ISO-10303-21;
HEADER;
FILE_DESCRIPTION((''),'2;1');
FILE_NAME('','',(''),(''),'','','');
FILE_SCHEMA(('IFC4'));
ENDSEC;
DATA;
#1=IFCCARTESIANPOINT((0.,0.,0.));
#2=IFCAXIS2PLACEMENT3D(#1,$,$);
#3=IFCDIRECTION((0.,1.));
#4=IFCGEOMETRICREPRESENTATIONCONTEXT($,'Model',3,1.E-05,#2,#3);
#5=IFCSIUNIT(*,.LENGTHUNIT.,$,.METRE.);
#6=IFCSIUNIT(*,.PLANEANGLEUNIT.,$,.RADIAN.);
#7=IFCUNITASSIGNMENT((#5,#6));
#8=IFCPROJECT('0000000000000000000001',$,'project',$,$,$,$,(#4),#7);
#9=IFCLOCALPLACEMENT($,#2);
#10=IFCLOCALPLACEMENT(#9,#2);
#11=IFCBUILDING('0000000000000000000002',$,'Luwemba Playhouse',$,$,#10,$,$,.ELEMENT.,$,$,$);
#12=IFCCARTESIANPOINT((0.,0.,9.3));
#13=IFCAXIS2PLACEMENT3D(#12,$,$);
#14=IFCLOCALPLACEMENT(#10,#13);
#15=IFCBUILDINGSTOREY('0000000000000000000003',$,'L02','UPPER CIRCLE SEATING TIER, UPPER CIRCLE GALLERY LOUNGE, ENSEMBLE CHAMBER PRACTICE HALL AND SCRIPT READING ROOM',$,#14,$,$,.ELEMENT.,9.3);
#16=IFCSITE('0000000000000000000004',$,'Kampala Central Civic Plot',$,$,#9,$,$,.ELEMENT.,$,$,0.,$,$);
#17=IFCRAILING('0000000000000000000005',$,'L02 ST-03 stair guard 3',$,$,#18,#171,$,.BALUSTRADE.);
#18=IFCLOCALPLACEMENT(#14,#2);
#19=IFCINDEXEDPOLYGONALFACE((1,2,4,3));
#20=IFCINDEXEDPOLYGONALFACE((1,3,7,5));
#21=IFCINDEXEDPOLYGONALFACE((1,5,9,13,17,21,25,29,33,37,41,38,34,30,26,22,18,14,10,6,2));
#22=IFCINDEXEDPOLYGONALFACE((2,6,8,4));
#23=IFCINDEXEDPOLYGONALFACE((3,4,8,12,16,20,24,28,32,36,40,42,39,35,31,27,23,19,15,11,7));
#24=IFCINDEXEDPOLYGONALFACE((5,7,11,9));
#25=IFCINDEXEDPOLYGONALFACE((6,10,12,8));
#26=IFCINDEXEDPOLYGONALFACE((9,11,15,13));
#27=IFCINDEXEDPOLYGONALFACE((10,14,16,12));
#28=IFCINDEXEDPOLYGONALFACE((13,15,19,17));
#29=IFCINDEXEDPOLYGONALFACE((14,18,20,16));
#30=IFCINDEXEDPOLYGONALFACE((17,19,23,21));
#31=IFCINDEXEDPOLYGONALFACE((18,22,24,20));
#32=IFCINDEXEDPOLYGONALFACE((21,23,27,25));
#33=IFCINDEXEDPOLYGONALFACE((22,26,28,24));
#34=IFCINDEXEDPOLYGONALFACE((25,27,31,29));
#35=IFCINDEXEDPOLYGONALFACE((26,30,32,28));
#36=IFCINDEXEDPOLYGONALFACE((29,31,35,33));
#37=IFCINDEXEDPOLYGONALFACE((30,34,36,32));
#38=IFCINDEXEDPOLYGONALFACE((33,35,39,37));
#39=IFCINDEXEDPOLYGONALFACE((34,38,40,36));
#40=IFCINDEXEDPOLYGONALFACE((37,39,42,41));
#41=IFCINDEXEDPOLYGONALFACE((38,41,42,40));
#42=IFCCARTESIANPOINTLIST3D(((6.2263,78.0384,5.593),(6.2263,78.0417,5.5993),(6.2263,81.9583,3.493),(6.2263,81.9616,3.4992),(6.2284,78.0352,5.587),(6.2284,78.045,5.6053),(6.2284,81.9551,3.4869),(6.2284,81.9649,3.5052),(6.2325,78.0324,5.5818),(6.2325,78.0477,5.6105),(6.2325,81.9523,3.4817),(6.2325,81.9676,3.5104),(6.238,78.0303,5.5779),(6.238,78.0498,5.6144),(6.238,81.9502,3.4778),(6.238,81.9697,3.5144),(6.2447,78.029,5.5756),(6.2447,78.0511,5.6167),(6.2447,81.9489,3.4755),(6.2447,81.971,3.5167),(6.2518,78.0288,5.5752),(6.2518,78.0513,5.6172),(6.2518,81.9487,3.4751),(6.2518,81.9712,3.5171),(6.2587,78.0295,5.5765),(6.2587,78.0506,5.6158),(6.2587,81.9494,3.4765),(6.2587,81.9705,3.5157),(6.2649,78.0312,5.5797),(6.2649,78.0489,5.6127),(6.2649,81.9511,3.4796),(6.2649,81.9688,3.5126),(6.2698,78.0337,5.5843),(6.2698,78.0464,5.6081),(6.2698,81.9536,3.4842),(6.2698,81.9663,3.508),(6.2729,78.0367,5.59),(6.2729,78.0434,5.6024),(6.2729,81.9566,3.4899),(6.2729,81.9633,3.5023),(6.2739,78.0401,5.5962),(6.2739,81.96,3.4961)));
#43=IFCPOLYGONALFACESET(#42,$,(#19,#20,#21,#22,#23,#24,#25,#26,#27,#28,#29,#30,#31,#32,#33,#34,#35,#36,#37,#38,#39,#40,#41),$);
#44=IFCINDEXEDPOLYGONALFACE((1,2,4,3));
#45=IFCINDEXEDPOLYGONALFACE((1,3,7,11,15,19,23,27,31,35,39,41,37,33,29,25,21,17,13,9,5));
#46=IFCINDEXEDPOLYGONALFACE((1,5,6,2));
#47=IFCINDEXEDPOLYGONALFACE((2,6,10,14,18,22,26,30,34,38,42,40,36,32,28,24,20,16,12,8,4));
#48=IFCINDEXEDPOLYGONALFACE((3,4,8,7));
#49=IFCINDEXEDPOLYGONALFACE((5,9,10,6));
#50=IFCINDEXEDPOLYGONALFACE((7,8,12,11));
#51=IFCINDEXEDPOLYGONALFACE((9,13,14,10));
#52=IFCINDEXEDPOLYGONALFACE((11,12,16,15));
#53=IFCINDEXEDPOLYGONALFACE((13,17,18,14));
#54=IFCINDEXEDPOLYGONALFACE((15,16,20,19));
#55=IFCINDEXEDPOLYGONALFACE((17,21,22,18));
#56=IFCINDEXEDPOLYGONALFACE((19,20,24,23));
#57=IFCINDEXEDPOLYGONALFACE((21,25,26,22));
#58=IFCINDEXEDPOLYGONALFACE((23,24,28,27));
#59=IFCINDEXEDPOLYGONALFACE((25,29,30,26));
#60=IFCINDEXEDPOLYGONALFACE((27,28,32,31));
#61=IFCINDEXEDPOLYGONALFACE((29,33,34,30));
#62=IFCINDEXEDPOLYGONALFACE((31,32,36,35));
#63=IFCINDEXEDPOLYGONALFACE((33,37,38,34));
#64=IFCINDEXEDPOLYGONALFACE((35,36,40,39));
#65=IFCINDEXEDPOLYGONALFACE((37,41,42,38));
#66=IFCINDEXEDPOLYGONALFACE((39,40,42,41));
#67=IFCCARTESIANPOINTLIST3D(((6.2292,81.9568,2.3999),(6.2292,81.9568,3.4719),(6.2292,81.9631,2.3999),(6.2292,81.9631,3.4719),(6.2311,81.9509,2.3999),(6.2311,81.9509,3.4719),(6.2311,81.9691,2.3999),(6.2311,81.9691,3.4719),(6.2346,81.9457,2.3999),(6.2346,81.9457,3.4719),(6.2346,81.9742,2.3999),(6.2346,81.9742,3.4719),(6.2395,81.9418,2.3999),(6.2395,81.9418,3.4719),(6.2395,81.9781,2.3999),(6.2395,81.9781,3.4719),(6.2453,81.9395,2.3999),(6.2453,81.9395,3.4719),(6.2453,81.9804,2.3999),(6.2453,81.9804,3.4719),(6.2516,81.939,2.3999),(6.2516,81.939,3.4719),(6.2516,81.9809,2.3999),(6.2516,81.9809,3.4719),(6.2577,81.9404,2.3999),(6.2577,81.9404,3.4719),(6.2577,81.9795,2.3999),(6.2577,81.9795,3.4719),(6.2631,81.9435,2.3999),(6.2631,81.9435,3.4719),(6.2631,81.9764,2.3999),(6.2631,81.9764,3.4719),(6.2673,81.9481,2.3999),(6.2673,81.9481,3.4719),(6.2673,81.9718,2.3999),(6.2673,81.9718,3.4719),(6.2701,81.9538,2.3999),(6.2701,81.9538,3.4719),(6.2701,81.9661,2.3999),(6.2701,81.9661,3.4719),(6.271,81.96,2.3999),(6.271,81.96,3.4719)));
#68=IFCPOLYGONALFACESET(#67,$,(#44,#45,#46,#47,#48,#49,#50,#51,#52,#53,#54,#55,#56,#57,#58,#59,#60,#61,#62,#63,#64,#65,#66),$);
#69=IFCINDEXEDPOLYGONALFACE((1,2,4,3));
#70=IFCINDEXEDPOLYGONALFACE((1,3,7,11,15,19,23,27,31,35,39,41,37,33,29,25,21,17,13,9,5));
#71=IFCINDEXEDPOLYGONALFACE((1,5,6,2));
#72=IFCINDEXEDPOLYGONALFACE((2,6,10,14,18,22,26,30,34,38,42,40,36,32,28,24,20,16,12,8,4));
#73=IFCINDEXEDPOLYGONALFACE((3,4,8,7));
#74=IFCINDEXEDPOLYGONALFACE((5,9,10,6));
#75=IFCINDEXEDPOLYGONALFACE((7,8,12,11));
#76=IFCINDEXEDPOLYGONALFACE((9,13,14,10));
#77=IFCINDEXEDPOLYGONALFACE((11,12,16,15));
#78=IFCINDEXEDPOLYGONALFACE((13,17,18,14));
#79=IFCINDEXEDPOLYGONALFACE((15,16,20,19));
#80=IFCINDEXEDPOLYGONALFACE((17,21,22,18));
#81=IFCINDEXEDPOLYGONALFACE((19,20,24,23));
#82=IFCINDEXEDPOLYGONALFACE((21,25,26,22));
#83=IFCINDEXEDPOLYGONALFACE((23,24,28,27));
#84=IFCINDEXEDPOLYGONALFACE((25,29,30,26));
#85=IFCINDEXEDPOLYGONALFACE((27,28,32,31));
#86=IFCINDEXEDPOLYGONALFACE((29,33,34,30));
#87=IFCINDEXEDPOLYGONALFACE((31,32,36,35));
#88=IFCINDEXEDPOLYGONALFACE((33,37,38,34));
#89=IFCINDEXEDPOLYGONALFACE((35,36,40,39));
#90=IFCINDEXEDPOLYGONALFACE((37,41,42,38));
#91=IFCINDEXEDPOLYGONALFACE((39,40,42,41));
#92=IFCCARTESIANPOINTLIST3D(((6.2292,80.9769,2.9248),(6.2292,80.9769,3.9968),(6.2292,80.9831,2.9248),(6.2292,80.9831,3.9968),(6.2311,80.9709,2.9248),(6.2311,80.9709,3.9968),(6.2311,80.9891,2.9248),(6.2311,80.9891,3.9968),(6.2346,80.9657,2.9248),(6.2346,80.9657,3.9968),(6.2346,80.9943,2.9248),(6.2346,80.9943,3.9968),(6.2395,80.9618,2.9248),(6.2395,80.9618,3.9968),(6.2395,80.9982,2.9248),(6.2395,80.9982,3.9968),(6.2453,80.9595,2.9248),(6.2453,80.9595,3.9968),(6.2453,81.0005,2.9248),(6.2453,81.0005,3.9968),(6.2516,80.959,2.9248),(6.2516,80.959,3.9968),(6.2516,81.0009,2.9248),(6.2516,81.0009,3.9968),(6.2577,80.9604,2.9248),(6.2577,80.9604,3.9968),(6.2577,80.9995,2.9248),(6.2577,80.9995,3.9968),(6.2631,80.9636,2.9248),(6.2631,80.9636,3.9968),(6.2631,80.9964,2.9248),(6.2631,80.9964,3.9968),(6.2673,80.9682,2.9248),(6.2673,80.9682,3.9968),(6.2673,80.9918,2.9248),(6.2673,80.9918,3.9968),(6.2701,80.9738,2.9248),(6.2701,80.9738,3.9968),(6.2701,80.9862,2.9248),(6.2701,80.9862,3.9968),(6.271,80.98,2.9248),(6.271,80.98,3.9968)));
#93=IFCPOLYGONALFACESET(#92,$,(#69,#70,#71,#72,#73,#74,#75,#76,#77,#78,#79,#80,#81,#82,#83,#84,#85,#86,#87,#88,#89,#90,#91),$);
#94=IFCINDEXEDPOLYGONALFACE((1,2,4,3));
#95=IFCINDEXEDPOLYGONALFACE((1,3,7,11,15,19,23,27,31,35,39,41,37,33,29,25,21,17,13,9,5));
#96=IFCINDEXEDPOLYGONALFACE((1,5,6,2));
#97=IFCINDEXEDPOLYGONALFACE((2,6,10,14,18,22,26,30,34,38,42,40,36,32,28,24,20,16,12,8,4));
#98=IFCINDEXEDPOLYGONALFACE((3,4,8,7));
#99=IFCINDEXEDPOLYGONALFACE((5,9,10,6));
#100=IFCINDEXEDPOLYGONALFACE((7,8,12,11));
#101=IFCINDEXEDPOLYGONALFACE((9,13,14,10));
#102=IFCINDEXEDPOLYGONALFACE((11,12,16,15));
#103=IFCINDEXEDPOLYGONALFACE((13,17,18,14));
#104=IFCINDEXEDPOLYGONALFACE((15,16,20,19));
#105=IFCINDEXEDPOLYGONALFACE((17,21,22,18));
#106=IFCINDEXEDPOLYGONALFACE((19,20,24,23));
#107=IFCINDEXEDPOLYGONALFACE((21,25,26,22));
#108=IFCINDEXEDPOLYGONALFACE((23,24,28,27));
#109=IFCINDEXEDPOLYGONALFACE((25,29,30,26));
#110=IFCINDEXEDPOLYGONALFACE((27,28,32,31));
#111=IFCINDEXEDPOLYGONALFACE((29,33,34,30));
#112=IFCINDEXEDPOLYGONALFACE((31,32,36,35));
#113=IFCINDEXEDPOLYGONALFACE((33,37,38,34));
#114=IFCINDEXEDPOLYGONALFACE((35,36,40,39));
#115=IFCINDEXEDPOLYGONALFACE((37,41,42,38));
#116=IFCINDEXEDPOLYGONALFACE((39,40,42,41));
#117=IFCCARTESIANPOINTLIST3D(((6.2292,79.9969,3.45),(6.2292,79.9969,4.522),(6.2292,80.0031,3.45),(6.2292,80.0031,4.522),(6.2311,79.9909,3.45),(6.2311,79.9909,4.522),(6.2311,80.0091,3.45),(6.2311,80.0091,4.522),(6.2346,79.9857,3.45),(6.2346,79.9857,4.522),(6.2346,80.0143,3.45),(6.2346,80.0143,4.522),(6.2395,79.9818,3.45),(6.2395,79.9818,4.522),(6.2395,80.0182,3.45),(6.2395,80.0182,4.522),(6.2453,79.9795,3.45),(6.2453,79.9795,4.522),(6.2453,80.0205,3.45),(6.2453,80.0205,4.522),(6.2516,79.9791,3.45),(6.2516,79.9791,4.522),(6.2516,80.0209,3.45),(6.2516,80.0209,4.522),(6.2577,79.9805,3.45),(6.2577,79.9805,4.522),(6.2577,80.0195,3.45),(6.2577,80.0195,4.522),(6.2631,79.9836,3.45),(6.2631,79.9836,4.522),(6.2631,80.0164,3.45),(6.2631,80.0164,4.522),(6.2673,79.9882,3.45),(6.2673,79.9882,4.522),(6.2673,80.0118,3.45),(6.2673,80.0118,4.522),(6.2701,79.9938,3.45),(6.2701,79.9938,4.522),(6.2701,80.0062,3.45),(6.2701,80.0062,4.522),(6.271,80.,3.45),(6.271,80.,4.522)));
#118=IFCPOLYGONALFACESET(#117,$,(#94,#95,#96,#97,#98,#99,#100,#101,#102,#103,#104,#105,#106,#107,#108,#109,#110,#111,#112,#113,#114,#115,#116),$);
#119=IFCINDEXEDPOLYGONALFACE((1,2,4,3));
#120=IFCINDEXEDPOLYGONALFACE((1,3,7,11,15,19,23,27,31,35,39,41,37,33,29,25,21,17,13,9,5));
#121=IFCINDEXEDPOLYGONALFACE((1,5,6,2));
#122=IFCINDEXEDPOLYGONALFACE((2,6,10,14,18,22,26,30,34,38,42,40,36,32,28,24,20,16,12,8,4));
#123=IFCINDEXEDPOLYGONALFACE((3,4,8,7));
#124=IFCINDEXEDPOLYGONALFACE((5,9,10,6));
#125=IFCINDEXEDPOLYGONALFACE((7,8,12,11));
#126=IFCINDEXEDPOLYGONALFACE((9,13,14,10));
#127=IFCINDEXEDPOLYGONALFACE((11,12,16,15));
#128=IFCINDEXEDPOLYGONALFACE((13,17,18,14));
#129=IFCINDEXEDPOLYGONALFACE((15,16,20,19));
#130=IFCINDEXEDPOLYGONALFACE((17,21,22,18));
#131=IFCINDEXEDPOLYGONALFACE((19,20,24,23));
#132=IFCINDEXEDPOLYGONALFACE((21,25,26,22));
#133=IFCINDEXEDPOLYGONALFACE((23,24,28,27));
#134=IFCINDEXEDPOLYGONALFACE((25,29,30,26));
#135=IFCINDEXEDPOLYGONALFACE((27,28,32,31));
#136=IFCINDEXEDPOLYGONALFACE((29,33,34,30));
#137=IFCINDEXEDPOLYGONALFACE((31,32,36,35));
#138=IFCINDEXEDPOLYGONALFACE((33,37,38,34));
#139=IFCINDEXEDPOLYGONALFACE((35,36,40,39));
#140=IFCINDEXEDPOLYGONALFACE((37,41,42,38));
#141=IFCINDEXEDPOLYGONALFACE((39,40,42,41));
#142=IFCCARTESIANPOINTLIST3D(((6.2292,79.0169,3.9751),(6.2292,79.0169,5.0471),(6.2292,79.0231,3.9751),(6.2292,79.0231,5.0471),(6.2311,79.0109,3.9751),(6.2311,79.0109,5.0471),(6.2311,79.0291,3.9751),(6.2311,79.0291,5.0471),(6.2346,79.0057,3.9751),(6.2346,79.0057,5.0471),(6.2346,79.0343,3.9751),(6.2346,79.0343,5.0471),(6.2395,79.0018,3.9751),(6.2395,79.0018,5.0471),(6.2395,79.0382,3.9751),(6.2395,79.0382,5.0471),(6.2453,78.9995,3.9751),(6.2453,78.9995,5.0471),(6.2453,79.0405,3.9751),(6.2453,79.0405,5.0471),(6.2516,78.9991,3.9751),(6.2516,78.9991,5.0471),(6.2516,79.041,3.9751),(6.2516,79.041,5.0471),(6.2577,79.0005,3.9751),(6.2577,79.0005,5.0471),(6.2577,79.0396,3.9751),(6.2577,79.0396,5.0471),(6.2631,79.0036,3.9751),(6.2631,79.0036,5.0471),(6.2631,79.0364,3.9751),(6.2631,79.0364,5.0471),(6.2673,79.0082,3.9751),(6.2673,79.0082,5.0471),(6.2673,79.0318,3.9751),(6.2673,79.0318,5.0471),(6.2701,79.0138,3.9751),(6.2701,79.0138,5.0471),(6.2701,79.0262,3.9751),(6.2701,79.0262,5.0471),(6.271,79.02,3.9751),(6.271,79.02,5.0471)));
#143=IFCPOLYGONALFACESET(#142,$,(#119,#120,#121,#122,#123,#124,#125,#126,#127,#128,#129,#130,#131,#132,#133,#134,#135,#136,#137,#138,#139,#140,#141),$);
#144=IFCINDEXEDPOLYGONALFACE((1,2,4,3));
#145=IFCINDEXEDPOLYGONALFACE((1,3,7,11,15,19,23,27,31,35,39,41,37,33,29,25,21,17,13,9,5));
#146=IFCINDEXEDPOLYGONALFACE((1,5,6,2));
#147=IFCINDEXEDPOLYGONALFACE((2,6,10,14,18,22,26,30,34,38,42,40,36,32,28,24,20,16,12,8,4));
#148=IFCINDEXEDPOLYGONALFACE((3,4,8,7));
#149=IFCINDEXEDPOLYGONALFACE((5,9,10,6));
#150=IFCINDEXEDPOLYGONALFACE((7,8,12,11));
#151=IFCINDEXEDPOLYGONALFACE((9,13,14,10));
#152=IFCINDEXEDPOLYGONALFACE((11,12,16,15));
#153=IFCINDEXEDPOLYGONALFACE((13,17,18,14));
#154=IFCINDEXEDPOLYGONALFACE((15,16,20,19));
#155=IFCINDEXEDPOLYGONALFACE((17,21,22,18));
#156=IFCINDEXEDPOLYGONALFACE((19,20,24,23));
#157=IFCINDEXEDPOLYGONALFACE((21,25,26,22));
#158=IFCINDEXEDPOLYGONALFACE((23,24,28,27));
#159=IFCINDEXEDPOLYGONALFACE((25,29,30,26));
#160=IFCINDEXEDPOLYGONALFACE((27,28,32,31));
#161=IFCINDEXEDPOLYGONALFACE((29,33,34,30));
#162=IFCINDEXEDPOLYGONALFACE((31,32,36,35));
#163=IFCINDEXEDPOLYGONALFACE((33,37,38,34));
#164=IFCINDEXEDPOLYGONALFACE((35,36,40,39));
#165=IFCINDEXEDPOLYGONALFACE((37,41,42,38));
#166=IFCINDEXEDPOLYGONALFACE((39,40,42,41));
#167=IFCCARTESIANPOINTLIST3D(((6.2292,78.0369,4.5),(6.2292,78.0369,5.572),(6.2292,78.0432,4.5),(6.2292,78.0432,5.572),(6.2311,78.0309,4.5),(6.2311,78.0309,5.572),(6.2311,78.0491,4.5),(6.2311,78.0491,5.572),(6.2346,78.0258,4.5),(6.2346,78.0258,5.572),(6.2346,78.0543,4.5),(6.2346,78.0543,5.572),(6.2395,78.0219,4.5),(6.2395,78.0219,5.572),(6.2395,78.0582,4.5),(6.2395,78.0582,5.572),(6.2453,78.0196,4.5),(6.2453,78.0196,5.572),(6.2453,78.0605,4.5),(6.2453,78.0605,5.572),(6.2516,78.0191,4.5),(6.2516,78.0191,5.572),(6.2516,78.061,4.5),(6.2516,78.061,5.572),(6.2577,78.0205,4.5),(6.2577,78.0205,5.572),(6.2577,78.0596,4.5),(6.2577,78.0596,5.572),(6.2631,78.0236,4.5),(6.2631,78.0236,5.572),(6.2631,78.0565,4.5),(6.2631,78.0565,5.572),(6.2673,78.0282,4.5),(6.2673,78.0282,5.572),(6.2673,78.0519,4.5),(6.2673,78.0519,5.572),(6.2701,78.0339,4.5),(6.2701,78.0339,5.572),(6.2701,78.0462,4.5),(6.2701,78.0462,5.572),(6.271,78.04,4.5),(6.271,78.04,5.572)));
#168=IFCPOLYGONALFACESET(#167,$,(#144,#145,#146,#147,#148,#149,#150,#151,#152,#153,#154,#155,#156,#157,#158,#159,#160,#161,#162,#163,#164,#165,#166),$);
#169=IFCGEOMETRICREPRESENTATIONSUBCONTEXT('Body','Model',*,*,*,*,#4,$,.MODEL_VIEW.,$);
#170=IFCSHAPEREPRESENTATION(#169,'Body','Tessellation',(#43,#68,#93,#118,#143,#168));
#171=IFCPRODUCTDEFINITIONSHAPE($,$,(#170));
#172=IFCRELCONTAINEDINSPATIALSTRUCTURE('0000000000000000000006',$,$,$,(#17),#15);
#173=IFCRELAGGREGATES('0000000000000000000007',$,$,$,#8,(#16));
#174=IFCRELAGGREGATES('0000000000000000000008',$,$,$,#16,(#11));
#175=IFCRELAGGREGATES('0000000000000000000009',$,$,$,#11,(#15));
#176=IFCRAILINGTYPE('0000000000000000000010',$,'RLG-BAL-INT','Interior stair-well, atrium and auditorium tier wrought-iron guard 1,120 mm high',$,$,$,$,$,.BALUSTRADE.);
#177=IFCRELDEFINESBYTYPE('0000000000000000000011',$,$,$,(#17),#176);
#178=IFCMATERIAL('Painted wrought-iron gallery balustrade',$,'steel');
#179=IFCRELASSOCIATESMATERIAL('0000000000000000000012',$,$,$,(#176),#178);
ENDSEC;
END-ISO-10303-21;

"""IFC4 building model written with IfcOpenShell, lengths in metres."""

from ifc_helpers import new_model, si_unit, direction, frame, origin, origin_2d, place, context, subcontext, project, spatial, circle, extrude, material, type_object, element, save


model = new_model("IFC4")

# Units and contexts
model_context = context("Model", 3, precision=1e-05, world=origin(), true_north=direction((0.0, 1.0)))
body_context = subcontext(model_context, "Body", "Model", "MODEL_VIEW")
ifc_project = project(units=[si_unit("LENGTHUNIT", "METRE"), si_unit("PLANEANGLEUNIT", "RADIAN")], contexts=[model_context])

# Site, building, storey
site_placement = place(None, origin())
site = spatial("IfcSite", under=ifc_project, at=site_placement, Name="Kampala Central Civic Plot", CompositionType="ELEMENT", RefElevation=0.0)
building_placement = place(site_placement, origin())
building = spatial("IfcBuilding", under=site, at=building_placement, Name="Luwemba Playhouse", CompositionType="ELEMENT")
storey_placement = place(building_placement, frame((0.0, 0.0, 9.3)))
storey = spatial("IfcBuildingStorey", under=building, at=storey_placement, Name="L02", Description="UPPER CIRCLE SEATING TIER, UPPER CIRCLE GALLERY LOUNGE, ENSEMBLE CHAMBER PRACTICE HALL AND SCRIPT READING ROOM", CompositionType="ELEMENT", Elevation=9.3)

# Railing
ifc_material_1 = material(Name="Painted wrought-iron gallery balustrade", Category="steel")
railing_type_1 = type_object("IfcRailingType", Name="RLG-BAL-INT", Description="Interior stair-well, atrium and auditorium tier wrought-iron guard 1,120 mm high", PredefinedType="BALUSTRADE", material=ifc_material_1)
railing_1_placement = place(storey_placement, frame((6.25, 81.96, 2.3999)))
element("IfcRailing", 1, at=railing_1_placement, inside=storey, type_object=railing_type_1, Name="L02 ST-03 stair guard 3", PredefinedType="BALUSTRADE", context=body_context, shape_type="SweptSolid", body=[
    extrude(circle(Radius=0.0239, at=origin_2d()), frame((0.0, 0.0, 1.0962), z_axis=(0.0, -0.881467, 0.472246), x_axis=(1.0, 0.0, 0.0)), (0.0, 0.0, 1.0), 4.447),
    extrude(circle(Radius=0.021, at=origin_2d()), origin(), (0.0, 0.0, 1.0), 1.072),
    extrude(circle(Radius=0.021, at=origin_2d()), frame((0.0, -0.98, 0.5249)), (0.0, 0.0, 1.0), 1.072),
    extrude(circle(Radius=0.021, at=origin_2d()), frame((0.0, -1.96, 1.05)), (0.0, 0.0, 1.0), 1.072),
    extrude(circle(Radius=0.021, at=origin_2d()), frame((0.0, -2.9399, 1.5752)), (0.0, 0.0, 1.0), 1.072),
    extrude(circle(Radius=0.021, at=origin_2d()), frame((0.0, -3.9199, 2.1001)), (0.0, 0.0, 1.0), 1.072),
])

save(model, "model.ifc")
